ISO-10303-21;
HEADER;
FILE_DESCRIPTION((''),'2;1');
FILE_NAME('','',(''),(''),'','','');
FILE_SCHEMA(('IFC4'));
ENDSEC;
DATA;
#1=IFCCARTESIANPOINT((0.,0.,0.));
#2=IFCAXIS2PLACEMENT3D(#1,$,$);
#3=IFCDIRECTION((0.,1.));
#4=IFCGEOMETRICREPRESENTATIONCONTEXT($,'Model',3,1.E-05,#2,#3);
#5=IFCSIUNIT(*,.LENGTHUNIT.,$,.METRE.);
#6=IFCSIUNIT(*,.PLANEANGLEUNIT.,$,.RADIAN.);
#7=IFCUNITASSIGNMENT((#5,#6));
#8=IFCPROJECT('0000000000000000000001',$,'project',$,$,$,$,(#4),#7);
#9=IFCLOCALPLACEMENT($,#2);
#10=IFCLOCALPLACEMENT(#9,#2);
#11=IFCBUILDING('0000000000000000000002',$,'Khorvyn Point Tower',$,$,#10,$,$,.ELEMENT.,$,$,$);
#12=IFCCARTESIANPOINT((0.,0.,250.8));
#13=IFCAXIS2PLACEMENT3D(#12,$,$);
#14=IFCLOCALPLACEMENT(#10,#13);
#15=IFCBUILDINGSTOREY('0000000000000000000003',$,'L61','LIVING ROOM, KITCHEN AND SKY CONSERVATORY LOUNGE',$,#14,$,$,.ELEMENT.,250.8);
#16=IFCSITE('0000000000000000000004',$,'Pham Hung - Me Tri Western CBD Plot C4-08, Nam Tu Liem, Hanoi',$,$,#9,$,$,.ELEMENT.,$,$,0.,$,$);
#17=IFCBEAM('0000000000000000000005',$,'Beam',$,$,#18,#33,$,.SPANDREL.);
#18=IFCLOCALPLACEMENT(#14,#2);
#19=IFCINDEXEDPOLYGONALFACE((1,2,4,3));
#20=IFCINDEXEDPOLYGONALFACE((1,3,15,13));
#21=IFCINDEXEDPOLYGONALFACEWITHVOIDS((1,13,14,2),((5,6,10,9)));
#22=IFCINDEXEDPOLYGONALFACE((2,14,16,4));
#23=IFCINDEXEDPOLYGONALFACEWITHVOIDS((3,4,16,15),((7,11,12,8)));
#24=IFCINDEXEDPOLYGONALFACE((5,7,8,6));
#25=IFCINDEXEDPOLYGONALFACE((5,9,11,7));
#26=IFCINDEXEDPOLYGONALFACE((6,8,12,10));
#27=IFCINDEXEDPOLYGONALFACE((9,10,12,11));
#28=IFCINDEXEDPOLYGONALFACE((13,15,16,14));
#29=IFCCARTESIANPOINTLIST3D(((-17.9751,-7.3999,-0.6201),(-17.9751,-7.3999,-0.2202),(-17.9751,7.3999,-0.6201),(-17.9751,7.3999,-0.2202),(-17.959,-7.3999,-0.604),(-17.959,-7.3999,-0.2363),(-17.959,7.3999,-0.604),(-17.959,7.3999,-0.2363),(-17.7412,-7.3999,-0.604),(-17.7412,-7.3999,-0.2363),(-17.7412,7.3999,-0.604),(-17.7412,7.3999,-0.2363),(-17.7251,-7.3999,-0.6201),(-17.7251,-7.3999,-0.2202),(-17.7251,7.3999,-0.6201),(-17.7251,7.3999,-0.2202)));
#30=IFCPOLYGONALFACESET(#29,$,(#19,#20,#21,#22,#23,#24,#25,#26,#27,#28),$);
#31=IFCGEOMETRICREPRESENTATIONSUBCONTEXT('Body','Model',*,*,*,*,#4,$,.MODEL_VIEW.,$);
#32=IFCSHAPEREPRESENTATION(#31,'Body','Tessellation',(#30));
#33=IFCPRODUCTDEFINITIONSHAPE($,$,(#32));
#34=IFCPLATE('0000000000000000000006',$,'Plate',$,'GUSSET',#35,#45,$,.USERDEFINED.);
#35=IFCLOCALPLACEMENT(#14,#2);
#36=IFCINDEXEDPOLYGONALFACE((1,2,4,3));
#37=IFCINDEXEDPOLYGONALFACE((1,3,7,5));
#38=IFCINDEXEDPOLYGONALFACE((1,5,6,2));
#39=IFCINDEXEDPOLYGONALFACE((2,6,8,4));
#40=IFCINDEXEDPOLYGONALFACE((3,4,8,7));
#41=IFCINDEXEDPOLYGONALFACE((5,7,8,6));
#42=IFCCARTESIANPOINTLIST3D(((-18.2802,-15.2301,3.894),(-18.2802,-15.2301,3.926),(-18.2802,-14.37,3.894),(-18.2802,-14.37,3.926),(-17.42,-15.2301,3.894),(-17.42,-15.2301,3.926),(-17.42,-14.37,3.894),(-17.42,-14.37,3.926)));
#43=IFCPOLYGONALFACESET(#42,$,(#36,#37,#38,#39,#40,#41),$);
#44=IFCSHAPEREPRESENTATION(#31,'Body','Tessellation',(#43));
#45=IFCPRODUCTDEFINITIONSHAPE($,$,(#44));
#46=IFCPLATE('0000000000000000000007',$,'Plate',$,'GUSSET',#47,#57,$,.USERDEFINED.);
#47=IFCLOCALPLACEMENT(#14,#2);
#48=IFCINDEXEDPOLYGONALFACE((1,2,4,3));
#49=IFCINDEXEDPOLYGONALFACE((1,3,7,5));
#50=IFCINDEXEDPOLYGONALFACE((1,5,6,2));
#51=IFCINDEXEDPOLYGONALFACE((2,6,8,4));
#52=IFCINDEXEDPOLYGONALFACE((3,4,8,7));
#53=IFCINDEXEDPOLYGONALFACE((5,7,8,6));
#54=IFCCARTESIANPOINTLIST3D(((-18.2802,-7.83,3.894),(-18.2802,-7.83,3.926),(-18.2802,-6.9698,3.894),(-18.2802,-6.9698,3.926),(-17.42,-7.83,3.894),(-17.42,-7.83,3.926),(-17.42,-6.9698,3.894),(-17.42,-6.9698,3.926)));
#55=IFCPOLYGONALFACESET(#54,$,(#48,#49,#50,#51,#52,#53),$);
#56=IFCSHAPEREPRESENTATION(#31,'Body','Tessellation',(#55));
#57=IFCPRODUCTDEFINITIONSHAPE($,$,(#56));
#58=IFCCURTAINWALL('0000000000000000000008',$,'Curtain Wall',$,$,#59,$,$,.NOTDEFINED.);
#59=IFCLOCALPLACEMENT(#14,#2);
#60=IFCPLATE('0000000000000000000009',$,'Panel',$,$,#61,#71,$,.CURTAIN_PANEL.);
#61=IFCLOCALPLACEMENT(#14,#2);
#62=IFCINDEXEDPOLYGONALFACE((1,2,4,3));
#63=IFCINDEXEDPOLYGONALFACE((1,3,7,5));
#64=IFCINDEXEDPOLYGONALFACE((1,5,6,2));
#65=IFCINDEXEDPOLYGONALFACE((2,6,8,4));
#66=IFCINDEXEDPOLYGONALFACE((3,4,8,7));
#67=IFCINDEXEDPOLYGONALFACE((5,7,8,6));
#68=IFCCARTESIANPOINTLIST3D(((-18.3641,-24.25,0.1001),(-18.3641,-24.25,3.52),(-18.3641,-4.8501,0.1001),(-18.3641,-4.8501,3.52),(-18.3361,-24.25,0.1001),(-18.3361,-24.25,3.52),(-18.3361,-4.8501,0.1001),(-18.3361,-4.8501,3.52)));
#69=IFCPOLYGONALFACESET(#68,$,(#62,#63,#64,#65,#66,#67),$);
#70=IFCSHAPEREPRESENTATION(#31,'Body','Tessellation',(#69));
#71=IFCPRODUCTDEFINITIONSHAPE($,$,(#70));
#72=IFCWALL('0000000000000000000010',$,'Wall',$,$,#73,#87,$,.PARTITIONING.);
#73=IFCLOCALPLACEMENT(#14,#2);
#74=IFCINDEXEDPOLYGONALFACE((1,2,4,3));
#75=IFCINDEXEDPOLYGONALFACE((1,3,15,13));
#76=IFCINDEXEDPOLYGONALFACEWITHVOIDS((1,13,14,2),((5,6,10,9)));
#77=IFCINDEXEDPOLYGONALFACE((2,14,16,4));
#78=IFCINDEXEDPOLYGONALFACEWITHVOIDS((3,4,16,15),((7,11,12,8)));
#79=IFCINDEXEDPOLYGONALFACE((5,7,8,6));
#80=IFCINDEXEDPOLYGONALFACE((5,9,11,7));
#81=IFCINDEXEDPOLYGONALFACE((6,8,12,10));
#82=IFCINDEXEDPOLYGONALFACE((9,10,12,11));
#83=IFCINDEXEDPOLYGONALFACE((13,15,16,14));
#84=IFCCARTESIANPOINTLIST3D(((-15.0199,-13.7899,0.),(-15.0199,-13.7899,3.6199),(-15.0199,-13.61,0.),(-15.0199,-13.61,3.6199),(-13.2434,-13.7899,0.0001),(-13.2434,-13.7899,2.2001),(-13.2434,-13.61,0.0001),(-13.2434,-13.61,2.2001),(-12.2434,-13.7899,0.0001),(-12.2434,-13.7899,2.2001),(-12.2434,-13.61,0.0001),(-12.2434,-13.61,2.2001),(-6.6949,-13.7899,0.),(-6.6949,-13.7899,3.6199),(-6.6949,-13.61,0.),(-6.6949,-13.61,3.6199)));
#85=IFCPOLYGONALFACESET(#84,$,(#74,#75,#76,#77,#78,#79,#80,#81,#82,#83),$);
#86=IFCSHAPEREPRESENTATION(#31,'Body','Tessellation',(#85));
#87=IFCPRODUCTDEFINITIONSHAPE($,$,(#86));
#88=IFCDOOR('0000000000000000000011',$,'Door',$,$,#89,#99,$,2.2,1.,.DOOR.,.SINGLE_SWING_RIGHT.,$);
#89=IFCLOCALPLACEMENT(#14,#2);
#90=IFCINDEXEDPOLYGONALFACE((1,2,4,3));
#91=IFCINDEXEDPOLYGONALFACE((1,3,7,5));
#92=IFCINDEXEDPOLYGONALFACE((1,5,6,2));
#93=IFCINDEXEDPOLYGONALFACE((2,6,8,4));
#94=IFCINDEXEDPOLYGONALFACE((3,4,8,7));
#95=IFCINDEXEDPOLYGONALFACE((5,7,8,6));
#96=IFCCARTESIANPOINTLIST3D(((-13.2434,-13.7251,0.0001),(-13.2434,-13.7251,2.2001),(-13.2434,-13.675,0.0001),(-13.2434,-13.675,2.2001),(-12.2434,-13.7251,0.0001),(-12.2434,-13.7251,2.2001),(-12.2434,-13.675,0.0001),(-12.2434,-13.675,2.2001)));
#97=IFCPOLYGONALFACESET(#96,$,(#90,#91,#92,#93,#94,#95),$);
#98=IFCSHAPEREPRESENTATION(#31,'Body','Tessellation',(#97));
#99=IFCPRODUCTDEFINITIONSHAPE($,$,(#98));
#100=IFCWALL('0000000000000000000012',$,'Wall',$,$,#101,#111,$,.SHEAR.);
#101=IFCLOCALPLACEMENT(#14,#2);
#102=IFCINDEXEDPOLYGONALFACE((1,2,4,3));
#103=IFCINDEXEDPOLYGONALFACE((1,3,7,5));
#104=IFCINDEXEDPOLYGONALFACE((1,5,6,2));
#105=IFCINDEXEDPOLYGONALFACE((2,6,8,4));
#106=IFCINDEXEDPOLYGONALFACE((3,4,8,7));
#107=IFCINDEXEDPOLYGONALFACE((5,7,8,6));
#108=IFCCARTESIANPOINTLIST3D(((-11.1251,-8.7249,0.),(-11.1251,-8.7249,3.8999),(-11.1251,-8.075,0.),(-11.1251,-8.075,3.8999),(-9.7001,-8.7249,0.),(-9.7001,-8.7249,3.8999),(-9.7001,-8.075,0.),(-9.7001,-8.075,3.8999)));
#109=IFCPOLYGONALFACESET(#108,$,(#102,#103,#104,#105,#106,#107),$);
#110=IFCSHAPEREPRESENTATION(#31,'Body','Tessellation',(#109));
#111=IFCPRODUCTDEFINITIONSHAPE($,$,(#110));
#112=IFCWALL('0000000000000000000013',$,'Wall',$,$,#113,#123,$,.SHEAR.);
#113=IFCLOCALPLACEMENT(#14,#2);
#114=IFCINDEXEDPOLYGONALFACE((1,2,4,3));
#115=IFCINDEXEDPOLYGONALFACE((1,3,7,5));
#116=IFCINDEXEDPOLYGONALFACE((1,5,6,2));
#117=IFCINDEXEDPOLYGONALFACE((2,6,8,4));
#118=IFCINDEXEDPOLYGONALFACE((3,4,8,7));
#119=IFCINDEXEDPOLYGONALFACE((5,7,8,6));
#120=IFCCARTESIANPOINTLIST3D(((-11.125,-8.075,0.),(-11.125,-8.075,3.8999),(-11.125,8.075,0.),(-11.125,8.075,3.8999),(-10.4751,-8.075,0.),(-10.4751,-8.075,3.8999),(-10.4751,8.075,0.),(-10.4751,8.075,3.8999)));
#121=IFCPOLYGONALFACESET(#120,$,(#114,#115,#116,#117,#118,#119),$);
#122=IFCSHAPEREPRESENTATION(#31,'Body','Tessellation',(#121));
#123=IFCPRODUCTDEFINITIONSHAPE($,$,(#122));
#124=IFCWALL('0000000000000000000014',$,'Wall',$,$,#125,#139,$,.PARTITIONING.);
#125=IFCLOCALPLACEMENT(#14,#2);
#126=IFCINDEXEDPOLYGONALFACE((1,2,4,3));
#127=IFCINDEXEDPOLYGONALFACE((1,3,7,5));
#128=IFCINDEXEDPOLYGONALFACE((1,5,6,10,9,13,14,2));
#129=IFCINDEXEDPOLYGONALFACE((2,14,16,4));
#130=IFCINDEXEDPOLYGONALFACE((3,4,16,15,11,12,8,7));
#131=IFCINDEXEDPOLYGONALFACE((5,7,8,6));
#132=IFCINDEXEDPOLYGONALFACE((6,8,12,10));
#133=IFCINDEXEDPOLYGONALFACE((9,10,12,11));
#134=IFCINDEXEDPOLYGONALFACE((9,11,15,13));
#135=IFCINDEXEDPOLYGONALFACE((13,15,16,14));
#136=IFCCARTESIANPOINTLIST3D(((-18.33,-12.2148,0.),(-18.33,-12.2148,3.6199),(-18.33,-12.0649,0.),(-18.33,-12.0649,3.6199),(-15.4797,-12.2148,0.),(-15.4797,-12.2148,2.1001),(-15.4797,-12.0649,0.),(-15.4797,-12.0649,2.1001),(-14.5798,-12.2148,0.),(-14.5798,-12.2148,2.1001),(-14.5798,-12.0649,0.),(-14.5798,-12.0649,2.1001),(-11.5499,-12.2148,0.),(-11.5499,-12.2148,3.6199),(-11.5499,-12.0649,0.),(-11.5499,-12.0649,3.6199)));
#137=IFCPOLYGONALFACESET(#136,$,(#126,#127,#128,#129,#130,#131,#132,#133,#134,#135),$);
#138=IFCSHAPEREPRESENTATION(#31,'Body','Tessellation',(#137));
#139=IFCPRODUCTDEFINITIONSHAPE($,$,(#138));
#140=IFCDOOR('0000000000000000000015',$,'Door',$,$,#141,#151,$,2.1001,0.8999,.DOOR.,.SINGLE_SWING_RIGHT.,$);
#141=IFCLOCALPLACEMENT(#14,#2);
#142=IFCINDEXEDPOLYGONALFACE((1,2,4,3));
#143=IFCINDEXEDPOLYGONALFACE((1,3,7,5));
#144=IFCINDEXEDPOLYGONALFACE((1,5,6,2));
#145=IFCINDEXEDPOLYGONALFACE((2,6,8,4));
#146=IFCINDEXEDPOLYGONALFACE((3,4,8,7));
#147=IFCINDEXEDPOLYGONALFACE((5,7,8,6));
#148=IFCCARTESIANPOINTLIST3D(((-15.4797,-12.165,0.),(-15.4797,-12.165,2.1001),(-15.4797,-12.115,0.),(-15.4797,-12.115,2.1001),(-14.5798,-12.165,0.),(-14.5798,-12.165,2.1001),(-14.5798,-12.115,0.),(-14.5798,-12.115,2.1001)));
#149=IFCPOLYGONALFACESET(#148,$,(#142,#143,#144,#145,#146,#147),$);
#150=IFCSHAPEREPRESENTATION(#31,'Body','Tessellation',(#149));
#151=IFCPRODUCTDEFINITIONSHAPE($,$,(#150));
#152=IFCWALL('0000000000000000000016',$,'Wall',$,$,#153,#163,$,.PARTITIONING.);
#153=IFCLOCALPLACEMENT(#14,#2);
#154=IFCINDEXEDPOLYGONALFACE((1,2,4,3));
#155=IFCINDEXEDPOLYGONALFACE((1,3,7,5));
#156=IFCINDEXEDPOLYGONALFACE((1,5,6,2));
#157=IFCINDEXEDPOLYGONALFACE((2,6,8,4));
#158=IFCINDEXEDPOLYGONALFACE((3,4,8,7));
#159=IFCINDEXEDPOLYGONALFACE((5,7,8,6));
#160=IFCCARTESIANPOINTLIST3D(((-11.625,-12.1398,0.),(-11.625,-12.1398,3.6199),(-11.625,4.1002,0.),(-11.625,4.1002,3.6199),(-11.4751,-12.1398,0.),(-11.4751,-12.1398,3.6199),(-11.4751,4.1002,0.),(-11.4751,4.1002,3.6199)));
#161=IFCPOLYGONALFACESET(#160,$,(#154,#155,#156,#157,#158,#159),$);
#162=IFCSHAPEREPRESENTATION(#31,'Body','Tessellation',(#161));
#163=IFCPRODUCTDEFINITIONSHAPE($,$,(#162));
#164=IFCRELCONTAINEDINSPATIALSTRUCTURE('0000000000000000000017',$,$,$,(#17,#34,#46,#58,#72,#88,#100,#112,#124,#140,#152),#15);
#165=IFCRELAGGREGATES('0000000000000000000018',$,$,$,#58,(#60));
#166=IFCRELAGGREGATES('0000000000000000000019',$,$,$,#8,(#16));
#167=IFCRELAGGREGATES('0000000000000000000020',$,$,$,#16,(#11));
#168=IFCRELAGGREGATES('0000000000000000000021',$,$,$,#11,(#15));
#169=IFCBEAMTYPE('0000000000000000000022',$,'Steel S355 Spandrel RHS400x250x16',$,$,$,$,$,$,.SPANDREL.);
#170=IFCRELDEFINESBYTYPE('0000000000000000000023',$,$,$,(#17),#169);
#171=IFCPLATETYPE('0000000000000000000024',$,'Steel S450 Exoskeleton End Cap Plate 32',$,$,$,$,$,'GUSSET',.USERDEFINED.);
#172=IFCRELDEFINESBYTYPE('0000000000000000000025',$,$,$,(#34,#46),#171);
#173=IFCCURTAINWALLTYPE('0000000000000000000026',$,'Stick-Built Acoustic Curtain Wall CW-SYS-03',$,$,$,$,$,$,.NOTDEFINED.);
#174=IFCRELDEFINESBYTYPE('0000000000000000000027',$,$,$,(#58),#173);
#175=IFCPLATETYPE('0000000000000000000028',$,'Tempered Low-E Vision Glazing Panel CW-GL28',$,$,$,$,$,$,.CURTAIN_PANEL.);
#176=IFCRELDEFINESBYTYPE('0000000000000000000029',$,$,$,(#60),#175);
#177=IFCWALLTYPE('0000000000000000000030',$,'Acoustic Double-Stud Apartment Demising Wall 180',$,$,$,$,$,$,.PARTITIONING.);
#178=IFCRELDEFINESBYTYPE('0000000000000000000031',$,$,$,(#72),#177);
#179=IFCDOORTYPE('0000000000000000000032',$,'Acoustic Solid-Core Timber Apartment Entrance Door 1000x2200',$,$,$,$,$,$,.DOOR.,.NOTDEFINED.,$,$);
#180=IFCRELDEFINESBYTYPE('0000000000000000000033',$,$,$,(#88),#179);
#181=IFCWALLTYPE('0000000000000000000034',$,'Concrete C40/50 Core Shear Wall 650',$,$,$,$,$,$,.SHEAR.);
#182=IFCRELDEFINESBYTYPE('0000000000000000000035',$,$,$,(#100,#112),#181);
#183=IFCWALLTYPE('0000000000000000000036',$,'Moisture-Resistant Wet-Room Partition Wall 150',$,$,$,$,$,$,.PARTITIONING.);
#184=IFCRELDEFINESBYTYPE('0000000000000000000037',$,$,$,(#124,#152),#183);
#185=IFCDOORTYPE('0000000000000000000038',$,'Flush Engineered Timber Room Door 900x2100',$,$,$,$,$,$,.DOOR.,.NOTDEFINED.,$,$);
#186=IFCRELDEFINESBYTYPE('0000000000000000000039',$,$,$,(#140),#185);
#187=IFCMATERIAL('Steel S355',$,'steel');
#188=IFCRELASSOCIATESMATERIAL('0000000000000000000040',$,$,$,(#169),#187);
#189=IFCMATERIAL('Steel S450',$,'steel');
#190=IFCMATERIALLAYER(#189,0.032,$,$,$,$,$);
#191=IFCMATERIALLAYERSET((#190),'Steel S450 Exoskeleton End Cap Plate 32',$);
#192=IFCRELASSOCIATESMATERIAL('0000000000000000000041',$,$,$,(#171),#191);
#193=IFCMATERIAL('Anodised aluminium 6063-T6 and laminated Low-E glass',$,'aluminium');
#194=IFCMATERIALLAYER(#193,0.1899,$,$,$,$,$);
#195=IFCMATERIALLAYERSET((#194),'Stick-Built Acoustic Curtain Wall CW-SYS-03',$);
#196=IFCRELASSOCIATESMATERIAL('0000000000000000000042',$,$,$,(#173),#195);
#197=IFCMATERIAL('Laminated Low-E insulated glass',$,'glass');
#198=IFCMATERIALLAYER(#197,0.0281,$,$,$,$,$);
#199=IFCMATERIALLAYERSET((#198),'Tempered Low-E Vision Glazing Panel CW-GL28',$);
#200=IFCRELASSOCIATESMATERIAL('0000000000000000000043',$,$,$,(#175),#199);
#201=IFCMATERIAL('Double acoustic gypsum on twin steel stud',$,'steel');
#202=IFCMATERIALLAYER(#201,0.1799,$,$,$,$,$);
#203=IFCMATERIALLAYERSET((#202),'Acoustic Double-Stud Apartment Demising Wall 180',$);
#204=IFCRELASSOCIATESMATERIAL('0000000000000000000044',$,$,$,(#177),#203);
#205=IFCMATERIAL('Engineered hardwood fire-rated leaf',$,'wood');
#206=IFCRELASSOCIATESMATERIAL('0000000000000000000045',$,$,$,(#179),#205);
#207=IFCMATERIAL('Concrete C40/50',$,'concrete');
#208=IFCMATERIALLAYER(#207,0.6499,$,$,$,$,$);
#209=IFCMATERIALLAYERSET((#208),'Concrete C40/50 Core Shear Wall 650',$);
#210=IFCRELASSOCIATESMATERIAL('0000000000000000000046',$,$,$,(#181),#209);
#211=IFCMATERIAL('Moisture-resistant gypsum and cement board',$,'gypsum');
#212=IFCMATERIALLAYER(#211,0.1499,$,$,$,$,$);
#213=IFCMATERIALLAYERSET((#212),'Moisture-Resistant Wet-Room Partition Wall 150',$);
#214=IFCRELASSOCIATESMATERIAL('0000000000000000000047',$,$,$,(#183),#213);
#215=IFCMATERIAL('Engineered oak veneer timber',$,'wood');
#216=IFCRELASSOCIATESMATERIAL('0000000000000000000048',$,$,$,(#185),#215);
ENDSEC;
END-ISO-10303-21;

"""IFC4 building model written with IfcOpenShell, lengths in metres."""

from ifc_helpers import new_model, si_unit, direction, frame, frame_2d, origin, origin_2d, place, context, subcontext, project, spatial, rectangle, hollow_rectangle, extrude, material, layer, layer_set, material_profile, profile_set, type_object, element, fill, aggregate, save


model = new_model("IFC4")

# Units and contexts
model_context = context("Model", 3, precision=1e-05, world=origin(), true_north=direction((0.0, 1.0)))
body_context = subcontext(model_context, "Body", "Model", "MODEL_VIEW")
ifc_project = project(units=[si_unit("LENGTHUNIT", "METRE"), si_unit("PLANEANGLEUNIT", "RADIAN")], contexts=[model_context])

# Site, building, storey
site_placement = place(None, origin())
site = spatial("IfcSite", under=ifc_project, at=site_placement, Name="Pham Hung - Me Tri Western CBD Plot C4-08, Nam Tu Liem, Hanoi", CompositionType="ELEMENT", RefElevation=0.0)
building_placement = place(site_placement, origin())
building = spatial("IfcBuilding", under=site, at=building_placement, Name="Khorvyn Point Tower", CompositionType="ELEMENT")
storey_placement = place(building_placement, frame((0.0, 0.0, 250.8)))
storey = spatial("IfcBuildingStorey", under=building, at=storey_placement, Name="L61", Description="LIVING ROOM, KITCHEN AND SKY CONSERVATORY LOUNGE", CompositionType="ELEMENT", Elevation=250.8)

# Shared definitions
ifc_material_1 = material(Name="Concrete C40/50", Category="concrete")
ifc_material_2 = material(Name="Steel S450", Category="steel")

# Beam
ifc_material_3 = material(Name="Steel S355", Category="steel")
ifc_material_profile_1 = material_profile(ifc_material_3, hollow_rectangle(XDim=0.25, YDim=0.3999, WallThickness=0.0161, at=origin_2d()))
ifc_profile_set_1 = profile_set([ifc_material_profile_1], Name="Steel S355 RHS400x250x16")
beam_type_1 = type_object("IfcBeamType", Name="Steel S355 Spandrel RHS400x250x16", PredefinedType="SPANDREL", material=ifc_profile_set_1)
beam_1_placement = place(storey_placement, frame((-17.8501, -7.3999, -0.4202), z_axis=(0.0, 1.0, 0.0), x_axis=(-1.0, 0.0, 0.0)))
element("IfcBeam", 1, at=beam_1_placement, inside=storey, type_object=beam_type_1, Name="Beam", PredefinedType="SPANDREL", context=body_context, shape_type="SweptSolid", body=[
    extrude(hollow_rectangle(XDim=0.25, YDim=0.3999, WallThickness=0.0161, at=origin_2d()), origin(), (0.0, 0.0, 1.0), 14.7998),
])

# Plates
ifc_layer_1 = layer(ifc_material_2, 0.032)
ifc_layer_set_1 = layer_set([ifc_layer_1], Name="Steel S450 Exoskeleton End Cap Plate 32")
plate_type_1 = type_object("IfcPlateType", Name="Steel S450 Exoskeleton End Cap Plate 32", ElementType="GUSSET", PredefinedType="USERDEFINED", material=ifc_layer_set_1)
for number, where, z_axis, x_axis, name in (
    (2, (-17.8501, -14.8, 3.894), (0.0, 0.0, 1.0), (1.0, 0.0, 0.0), "Plate"),
    (3, (-17.8501, -7.3999, 3.894), (0.0, 0.0, 1.0), (1.0, 0.0, 0.0), "Plate"),
):
    element("IfcPlate", number, at=place(storey_placement, frame(where, z_axis=z_axis, x_axis=x_axis)), inside=storey, type_object=plate_type_1, Name=name, ObjectType="GUSSET", PredefinedType="USERDEFINED", context=body_context, shape_type="SweptSolid", body=[
        extrude(rectangle(XDim=0.8601, YDim=0.8601, at=origin_2d()), origin(), (0.0, 0.0, 1.0), 0.032),
    ])

# Curtain wall, plate
ifc_material_4 = material(Name="Anodised aluminium 6063-T6 and laminated Low-E glass", Category="aluminium")
ifc_layer_2 = layer(ifc_material_4, 0.1899)
ifc_layer_set_2 = layer_set([ifc_layer_2], Name="Stick-Built Acoustic Curtain Wall CW-SYS-03")
curtain_wall_type = type_object("IfcCurtainWallType", Name="Stick-Built Acoustic Curtain Wall CW-SYS-03", PredefinedType="NOTDEFINED", material=ifc_layer_set_2)
curtain_wall_placement = place(storey_placement, origin())
curtain_wall = element("IfcCurtainWall", 4, at=curtain_wall_placement, inside=storey, type_object=curtain_wall_type, Name="Curtain Wall", PredefinedType="NOTDEFINED")
ifc_material_5 = material(Name="Laminated Low-E insulated glass", Category="glass")
ifc_layer_3 = layer(ifc_material_5, 0.0281)
ifc_layer_set_3 = layer_set([ifc_layer_3], Name="Tempered Low-E Vision Glazing Panel CW-GL28")
plate_type_2 = type_object("IfcPlateType", Name="Tempered Low-E Vision Glazing Panel CW-GL28", PredefinedType="CURTAIN_PANEL", material=ifc_layer_set_3)
plate_placement = place(storey_placement, frame((-18.3501, -14.55, 0.1001), z_axis=(0.0, 0.0, 1.0), x_axis=(0.0, 1.0, 0.0)))
plate = element("IfcPlate", 5, at=plate_placement, type_object=plate_type_2, Name="Panel", PredefinedType="CURTAIN_PANEL", context=body_context, shape_type="SweptSolid", body=[
    extrude(rectangle(XDim=19.3999, YDim=0.0281, at=origin_2d()), origin(), (0.0, 0.0, 1.0), 3.4199),
])
aggregate(curtain_wall, [plate])

# Wall, opening, door
ifc_material_6 = material(Name="Double acoustic gypsum on twin steel stud", Category="steel")
ifc_layer_4 = layer(ifc_material_6, 0.1799)
ifc_layer_set_4 = layer_set([ifc_layer_4], Name="Acoustic Double-Stud Apartment Demising Wall 180")
wall_type_1 = type_object("IfcWallType", Name="Acoustic Double-Stud Apartment Demising Wall 180", PredefinedType="PARTITIONING", material=ifc_layer_set_4)
wall_1_placement = place(storey_placement, frame((-15.02, -13.7, 0.0), z_axis=(0.0, 0.0, 1.0), x_axis=(1.0, 0.0, 0.0)))
wall_1 = element("IfcWall", 6, at=wall_1_placement, inside=storey, type_object=wall_type_1, Name="Wall", PredefinedType="PARTITIONING", context=body_context, shape_type="SweptSolid", body=[
    extrude(rectangle(XDim=8.325, YDim=0.1799, at=frame_2d((4.1626, 0.0))), origin(), (0.0, 0.0, 1.0), 3.6199),
])
opening_1_placement = place(wall_1_placement, frame((1.7766, 0.0, 0.0)))
opening_1 = element("IfcOpeningElement", 7, at=opening_1_placement, cuts=wall_1, PredefinedType="OPENING", context=body_context, shape_type="SweptSolid", body=[
    extrude(rectangle(XDim=1.0, YDim=2.2, at=frame_2d((0.5, 1.1001))), frame((0.0, 0.0999, 0.0), z_axis=(0.0, -1.0, 0.0), x_axis=(1.0, 0.0, 0.0)), (0.0, 0.0, 1.0), 0.2),
])
ifc_material_7 = material(Name="Engineered hardwood fire-rated leaf", Category="wood")
door_type_1 = type_object("IfcDoorType", Name="Acoustic Solid-Core Timber Apartment Entrance Door 1000x2200", OperationType="NOTDEFINED", PredefinedType="DOOR", material=ifc_material_7)
door_1_placement = place(opening_1_placement, origin())
door_1 = element("IfcDoor", 8, at=door_1_placement, inside=storey, type_object=door_type_1, Name="Door", OperationType="SINGLE_SWING_RIGHT", OverallHeight=2.2, OverallWidth=1.0, PredefinedType="DOOR", context=body_context, shape_type="SweptSolid", body=[
    extrude(rectangle(XDim=1.0, YDim=2.2, at=frame_2d((0.5, 1.1001))), frame((0.0, 0.0249, 0.0), z_axis=(0.0, -1.0, 0.0), x_axis=(1.0, 0.0, 0.0)), (0.0, 0.0, 1.0), 0.05),
])
fill(opening_1, door_1)

# Walls
ifc_layer_5 = layer(ifc_material_1, 0.6499)
ifc_layer_set_5 = layer_set([ifc_layer_5], Name="Concrete C40/50 Core Shear Wall 650")
wall_type_2 = type_object("IfcWallType", Name="Concrete C40/50 Core Shear Wall 650", PredefinedType="SHEAR", material=ifc_layer_set_5)
wall_2_placement = place(storey_placement, frame((-11.125, -8.3999, 0.0), z_axis=(0.0, 0.0, 1.0), x_axis=(1.0, 0.0, 0.0)))
element("IfcWall", 9, at=wall_2_placement, inside=storey, type_object=wall_type_2, Name="Wall", PredefinedType="SHEAR", context=body_context, shape_type="SweptSolid", body=[
    extrude(rectangle(XDim=1.425, YDim=0.6499, at=frame_2d((0.7124, 0.0))), origin(), (0.0, 0.0, 1.0), 3.8999),
])
wall_3_placement = place(storey_placement, frame((-10.8, -8.075, 0.0), z_axis=(0.0, 0.0, 1.0), x_axis=(0.0, 1.0, 0.0)))
element("IfcWall", 10, at=wall_3_placement, inside=storey, type_object=wall_type_2, Name="Wall", PredefinedType="SHEAR", context=body_context, shape_type="SweptSolid", body=[
    extrude(rectangle(XDim=16.1499, YDim=0.6499, at=frame_2d((8.075, 0.0))), origin(), (0.0, 0.0, 1.0), 3.8999),
])

# Wall, opening, door
ifc_material_8 = material(Name="Moisture-resistant gypsum and cement board", Category="gypsum")
ifc_layer_6 = layer(ifc_material_8, 0.1499)
ifc_layer_set_6 = layer_set([ifc_layer_6], Name="Moisture-Resistant Wet-Room Partition Wall 150")
wall_type_3 = type_object("IfcWallType", Name="Moisture-Resistant Wet-Room Partition Wall 150", PredefinedType="PARTITIONING", material=ifc_layer_set_6)
wall_4_placement = place(storey_placement, frame((-18.3301, -12.1399, 0.0), z_axis=(0.0, 0.0, 1.0), x_axis=(1.0, 0.0, 0.0)))
wall_4 = element("IfcWall", 11, at=wall_4_placement, inside=storey, type_object=wall_type_3, Name="Wall", PredefinedType="PARTITIONING", context=body_context, shape_type="SweptSolid", body=[
    extrude(rectangle(XDim=6.78, YDim=0.1499, at=frame_2d((3.3901, 0.0))), origin(), (0.0, 0.0, 1.0), 3.6199),
])
opening_2_placement = place(wall_4_placement, frame((2.8503, 0.0, 0.0)))
opening_2 = element("IfcOpeningElement", 12, at=opening_2_placement, cuts=wall_4, PredefinedType="OPENING", context=body_context, shape_type="SweptSolid", body=[
    extrude(rectangle(XDim=0.8999, YDim=2.1001, at=frame_2d((0.45, 1.05))), frame((0.0, 0.085, 0.0), z_axis=(0.0, -1.0, 0.0), x_axis=(1.0, 0.0, 0.0)), (0.0, 0.0, 1.0), 0.1699),
])
ifc_material_9 = material(Name="Engineered oak veneer timber", Category="wood")
door_type_2 = type_object("IfcDoorType", Name="Flush Engineered Timber Room Door 900x2100", OperationType="NOTDEFINED", PredefinedType="DOOR", material=ifc_material_9)
door_2_placement = place(opening_2_placement, origin())
door_2 = element("IfcDoor", 13, at=door_2_placement, inside=storey, type_object=door_type_2, Name="Door", OperationType="SINGLE_SWING_RIGHT", OverallHeight=2.1001, OverallWidth=0.8999, PredefinedType="DOOR", context=body_context, shape_type="SweptSolid", body=[
    extrude(rectangle(XDim=0.8999, YDim=2.1001, at=frame_2d((0.45, 1.05))), frame((0.0, 0.0249, 0.0), z_axis=(0.0, -1.0, 0.0), x_axis=(1.0, 0.0, 0.0)), (0.0, 0.0, 1.0), 0.05),
])
fill(opening_2, door_2)

# Wall
wall_5_placement = place(storey_placement, frame((-11.55, -12.1399, 0.0), z_axis=(0.0, 0.0, 1.0), x_axis=(0.0, 1.0, 0.0)))
element("IfcWall", 14, at=wall_5_placement, inside=storey, type_object=wall_type_3, Name="Wall", PredefinedType="PARTITIONING", context=body_context, shape_type="SweptSolid", body=[
    extrude(rectangle(XDim=16.24, YDim=0.1499, at=frame_2d((8.1201, 0.0))), origin(), (0.0, 0.0, 1.0), 3.6199),
])

save(model, "model.ifc")
